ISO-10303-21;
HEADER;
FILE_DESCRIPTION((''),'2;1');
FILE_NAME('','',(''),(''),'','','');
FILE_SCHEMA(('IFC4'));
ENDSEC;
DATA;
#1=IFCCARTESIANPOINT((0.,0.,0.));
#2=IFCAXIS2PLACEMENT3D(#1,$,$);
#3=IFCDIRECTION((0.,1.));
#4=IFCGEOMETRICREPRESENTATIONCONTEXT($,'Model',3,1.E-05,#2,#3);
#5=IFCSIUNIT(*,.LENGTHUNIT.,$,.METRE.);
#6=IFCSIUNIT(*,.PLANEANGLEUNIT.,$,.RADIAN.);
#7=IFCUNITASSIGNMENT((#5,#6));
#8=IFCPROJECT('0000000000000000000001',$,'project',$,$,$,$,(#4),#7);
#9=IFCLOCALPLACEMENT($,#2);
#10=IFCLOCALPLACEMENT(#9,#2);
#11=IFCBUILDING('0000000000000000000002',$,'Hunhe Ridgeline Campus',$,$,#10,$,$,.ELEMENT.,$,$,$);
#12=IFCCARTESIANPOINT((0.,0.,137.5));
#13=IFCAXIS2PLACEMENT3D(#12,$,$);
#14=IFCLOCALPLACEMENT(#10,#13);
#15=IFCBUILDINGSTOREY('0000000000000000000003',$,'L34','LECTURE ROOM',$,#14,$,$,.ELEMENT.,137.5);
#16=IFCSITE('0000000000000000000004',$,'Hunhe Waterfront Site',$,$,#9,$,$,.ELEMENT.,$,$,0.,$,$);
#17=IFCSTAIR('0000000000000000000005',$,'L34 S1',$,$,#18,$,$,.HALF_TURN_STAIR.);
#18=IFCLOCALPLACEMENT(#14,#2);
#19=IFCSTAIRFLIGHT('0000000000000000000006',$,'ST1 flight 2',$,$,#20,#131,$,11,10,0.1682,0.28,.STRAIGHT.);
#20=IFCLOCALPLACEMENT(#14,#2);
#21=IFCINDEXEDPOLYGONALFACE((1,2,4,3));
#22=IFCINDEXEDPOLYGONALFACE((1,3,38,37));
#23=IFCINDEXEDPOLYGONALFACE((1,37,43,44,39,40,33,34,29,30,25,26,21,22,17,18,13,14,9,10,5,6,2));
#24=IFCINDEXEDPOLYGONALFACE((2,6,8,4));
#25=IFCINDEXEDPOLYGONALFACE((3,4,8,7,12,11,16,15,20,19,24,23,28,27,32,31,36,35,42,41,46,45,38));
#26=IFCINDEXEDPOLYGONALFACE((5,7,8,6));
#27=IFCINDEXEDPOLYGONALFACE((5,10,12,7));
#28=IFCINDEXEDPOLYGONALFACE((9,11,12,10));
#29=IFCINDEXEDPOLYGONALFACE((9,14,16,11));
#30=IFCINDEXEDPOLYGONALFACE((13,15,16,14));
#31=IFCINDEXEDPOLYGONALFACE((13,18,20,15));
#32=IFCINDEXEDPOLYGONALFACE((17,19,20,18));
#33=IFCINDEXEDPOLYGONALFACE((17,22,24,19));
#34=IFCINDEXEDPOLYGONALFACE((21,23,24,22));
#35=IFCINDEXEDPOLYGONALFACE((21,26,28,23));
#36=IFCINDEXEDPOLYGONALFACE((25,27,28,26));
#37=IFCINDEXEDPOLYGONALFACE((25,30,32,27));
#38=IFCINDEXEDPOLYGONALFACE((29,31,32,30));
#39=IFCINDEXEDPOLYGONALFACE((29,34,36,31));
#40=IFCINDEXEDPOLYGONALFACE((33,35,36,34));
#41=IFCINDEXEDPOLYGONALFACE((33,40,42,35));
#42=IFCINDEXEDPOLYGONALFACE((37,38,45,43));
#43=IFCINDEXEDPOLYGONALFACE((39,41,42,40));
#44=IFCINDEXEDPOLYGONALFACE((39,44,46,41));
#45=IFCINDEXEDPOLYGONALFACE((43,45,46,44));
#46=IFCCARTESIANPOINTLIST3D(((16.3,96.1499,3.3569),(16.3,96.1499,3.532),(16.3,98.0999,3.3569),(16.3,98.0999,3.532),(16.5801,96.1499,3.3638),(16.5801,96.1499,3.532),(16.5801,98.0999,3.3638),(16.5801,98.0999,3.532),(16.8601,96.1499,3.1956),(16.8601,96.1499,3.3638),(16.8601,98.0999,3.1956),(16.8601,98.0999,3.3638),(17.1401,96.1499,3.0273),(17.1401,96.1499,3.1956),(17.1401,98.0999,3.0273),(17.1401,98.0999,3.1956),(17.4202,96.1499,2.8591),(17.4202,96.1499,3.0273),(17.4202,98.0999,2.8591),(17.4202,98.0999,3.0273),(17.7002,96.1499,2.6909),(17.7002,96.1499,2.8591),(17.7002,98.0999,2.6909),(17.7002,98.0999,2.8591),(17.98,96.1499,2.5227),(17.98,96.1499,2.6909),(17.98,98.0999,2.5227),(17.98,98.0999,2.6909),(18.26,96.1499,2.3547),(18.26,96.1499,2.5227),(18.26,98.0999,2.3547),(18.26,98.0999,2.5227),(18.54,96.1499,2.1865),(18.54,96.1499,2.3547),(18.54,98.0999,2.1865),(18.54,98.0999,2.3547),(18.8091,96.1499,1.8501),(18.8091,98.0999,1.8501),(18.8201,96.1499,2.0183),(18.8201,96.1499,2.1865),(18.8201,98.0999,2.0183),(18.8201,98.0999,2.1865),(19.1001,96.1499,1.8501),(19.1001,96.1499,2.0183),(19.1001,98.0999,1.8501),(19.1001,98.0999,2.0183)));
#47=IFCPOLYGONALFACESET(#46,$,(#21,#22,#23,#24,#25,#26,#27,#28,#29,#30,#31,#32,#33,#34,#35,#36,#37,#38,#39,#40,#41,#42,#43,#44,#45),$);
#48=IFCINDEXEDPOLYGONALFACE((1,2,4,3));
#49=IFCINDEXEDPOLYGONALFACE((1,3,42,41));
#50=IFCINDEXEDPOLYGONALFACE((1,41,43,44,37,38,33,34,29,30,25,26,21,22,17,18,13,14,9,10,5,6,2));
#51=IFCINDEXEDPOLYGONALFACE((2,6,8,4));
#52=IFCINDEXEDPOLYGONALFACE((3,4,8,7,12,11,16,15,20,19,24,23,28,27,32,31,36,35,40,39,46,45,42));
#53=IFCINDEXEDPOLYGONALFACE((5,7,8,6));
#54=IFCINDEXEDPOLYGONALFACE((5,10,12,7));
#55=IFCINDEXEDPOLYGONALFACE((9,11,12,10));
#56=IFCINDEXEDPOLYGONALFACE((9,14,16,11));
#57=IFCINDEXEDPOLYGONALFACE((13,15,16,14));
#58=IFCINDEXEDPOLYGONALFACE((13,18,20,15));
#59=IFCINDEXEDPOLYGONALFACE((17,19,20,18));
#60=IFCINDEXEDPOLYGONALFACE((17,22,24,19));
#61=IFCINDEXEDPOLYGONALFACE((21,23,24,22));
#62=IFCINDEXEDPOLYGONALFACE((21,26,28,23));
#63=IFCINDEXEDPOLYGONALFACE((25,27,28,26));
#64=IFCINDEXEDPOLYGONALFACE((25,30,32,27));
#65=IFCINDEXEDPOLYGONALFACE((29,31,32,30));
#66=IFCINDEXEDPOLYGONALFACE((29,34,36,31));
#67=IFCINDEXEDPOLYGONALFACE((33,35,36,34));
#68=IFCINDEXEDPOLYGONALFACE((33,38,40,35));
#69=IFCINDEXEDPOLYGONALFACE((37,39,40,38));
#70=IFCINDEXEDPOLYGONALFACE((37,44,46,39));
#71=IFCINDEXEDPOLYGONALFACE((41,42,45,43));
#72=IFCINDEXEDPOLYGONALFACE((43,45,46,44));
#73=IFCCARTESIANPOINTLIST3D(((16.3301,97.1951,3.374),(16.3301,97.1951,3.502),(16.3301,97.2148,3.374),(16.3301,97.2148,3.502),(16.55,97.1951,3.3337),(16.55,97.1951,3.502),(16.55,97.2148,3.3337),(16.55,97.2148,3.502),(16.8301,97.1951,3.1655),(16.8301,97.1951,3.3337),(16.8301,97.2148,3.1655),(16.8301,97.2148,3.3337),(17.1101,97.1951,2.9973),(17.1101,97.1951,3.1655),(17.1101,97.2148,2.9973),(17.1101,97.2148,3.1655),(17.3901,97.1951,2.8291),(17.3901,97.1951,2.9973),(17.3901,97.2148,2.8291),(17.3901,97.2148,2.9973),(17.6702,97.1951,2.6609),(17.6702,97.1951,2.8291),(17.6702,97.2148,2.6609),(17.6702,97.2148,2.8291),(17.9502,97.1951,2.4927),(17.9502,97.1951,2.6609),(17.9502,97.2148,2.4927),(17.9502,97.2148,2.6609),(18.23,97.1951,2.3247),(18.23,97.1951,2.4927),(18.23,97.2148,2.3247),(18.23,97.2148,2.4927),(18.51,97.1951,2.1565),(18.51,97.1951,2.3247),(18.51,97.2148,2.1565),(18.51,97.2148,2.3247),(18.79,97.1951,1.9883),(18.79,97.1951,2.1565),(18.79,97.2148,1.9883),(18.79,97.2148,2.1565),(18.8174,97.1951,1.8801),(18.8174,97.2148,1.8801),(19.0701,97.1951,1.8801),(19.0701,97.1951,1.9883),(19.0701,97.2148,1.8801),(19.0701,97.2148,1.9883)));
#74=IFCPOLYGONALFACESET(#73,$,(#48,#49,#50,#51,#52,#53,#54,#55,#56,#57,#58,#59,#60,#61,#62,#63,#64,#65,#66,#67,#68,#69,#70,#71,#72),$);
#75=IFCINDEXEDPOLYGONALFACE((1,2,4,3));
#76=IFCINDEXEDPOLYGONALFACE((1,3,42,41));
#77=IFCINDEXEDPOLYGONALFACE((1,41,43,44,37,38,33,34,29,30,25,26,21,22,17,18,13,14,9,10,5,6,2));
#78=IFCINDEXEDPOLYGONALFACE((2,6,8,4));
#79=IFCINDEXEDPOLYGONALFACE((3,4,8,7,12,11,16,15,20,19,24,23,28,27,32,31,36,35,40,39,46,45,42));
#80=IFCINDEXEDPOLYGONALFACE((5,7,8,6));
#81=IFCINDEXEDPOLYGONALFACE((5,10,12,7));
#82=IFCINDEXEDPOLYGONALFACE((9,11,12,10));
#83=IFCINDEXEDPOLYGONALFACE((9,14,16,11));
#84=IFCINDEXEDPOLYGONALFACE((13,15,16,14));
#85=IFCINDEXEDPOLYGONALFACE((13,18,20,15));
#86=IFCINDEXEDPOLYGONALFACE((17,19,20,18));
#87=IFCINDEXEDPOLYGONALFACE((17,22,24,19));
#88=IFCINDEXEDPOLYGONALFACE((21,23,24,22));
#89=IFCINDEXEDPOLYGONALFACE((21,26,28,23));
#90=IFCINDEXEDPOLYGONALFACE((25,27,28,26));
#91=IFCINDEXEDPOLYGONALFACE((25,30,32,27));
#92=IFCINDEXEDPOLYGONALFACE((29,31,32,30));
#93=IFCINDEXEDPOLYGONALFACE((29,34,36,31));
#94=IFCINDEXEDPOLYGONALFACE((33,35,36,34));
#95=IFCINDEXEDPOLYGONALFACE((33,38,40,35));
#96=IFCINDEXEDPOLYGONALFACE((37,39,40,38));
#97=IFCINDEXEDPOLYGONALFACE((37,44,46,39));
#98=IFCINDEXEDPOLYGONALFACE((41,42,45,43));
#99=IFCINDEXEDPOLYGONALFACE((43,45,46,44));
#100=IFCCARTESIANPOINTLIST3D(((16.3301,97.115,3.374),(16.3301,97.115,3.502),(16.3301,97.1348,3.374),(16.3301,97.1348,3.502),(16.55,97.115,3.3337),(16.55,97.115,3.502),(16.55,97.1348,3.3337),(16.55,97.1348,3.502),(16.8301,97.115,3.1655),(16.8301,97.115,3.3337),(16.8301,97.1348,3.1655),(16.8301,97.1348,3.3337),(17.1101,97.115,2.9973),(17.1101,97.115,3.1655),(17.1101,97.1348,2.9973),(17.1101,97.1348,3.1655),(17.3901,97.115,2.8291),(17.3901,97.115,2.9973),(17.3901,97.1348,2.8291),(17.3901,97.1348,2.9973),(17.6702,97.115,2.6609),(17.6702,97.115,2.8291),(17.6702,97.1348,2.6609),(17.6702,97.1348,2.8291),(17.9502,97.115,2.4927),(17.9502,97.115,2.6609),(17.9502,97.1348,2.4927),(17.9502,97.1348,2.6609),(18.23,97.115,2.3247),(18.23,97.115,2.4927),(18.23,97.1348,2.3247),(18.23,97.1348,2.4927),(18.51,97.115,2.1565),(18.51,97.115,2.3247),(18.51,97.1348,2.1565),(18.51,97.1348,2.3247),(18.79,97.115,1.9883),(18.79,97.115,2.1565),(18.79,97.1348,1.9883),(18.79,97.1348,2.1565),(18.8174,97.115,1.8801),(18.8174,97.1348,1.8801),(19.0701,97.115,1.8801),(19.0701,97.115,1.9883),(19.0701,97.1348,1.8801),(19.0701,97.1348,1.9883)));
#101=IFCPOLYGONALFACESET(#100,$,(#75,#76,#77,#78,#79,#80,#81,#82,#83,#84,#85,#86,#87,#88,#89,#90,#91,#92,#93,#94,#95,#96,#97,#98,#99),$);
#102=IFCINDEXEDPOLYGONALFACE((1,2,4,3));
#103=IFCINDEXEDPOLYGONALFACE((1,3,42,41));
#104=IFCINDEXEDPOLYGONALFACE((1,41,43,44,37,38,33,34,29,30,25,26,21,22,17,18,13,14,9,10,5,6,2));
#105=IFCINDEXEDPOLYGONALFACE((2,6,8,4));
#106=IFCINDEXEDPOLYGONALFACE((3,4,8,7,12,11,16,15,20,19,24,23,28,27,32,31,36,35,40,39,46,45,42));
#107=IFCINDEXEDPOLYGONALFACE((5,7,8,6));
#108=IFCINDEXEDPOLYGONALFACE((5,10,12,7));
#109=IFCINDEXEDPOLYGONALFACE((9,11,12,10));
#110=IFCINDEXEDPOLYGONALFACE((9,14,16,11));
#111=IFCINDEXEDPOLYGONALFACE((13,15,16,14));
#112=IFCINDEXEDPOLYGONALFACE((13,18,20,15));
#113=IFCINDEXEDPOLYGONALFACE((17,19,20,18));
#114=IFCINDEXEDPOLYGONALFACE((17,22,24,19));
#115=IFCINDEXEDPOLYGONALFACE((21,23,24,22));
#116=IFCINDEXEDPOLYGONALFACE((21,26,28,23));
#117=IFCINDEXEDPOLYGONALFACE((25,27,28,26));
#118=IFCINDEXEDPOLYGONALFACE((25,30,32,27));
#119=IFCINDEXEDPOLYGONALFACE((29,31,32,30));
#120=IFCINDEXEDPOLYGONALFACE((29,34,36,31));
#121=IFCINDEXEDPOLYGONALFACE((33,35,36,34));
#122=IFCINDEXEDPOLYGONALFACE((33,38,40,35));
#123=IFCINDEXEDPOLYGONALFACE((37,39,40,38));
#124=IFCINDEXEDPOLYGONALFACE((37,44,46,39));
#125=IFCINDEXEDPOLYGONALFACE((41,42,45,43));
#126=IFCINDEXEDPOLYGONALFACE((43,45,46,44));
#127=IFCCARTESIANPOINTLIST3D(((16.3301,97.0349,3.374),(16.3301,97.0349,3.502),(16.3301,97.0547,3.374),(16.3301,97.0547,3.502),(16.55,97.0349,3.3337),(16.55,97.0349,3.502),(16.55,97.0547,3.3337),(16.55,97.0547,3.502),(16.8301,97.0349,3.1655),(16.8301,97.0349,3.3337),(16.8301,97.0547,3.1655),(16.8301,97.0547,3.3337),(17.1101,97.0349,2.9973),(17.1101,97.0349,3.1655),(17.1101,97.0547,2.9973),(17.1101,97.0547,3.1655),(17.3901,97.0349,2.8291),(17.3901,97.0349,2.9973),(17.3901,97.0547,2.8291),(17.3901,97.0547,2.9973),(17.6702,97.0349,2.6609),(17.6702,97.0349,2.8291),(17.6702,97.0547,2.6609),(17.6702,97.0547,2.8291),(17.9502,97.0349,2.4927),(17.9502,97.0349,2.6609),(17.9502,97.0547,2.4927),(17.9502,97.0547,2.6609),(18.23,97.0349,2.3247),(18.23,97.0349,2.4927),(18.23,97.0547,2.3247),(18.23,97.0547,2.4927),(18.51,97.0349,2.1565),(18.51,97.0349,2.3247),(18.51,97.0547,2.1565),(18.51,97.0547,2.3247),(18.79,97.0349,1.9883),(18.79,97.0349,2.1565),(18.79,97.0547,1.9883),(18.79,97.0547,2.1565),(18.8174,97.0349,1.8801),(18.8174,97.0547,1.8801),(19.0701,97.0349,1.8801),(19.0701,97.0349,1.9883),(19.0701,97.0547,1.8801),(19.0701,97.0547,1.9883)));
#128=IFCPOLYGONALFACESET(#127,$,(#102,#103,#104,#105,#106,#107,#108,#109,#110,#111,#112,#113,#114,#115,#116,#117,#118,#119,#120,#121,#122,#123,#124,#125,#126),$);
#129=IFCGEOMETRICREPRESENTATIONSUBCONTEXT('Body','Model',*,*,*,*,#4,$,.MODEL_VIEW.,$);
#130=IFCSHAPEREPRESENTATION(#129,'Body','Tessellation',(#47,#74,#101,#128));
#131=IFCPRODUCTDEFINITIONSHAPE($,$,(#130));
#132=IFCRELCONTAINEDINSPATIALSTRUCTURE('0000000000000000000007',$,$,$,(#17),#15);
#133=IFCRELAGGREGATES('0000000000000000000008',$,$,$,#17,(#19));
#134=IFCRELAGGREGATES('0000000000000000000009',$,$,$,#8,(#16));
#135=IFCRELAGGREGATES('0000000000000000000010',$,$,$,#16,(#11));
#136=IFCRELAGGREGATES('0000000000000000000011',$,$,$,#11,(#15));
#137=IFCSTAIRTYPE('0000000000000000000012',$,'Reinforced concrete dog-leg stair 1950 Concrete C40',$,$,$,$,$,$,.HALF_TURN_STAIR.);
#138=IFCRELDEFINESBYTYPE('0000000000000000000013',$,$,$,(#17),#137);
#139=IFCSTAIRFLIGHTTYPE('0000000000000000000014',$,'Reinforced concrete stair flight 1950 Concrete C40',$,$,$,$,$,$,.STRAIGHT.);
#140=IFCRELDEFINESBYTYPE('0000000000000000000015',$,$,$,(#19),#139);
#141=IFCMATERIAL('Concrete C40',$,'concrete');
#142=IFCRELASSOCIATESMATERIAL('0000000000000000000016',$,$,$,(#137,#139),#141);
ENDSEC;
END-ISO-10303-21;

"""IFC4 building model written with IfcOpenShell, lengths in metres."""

from ifc_helpers import new_model, si_unit, direction, frame, origin, place, context, subcontext, project, spatial, polyline, outline, extrude, material, type_object, element, aggregate, save


model = new_model("IFC4")

# Units and contexts
model_context = context("Model", 3, precision=1e-05, world=origin(), true_north=direction((0.0, 1.0)))
body_context = subcontext(model_context, "Body", "Model", "MODEL_VIEW")
ifc_project = project(units=[si_unit("LENGTHUNIT", "METRE"), si_unit("PLANEANGLEUNIT", "RADIAN")], contexts=[model_context])

# Site, building, storey
site_placement = place(None, origin())
site = spatial("IfcSite", under=ifc_project, at=site_placement, Name="Hunhe Waterfront Site", CompositionType="ELEMENT", RefElevation=0.0)
building_placement = place(site_placement, origin())
building = spatial("IfcBuilding", under=site, at=building_placement, Name="Hunhe Ridgeline Campus", CompositionType="ELEMENT")
storey_placement = place(building_placement, frame((0.0, 0.0, 137.5)))
storey = spatial("IfcBuildingStorey", under=building, at=storey_placement, Name="L34", Description="LECTURE ROOM", CompositionType="ELEMENT", Elevation=137.5)

# Stair, stair flight
ifc_material_1 = material(Name="Concrete C40", Category="concrete")
stair_type = type_object("IfcStairType", Name="Reinforced concrete dog-leg stair 1950 Concrete C40", PredefinedType="HALF_TURN_STAIR", material=ifc_material_1)
stair_1_placement = place(storey_placement, origin())
stair_1 = element("IfcStair", 1, at=stair_1_placement, inside=storey, type_object=stair_type, Name="L34 S1", PredefinedType="HALF_TURN_STAIR")
stair_flight_type = type_object("IfcStairFlightType", Name="Reinforced concrete stair flight 1950 Concrete C40", PredefinedType="STRAIGHT", material=ifc_material_1)
stair_flight_1_placement = place(storey_placement, frame((19.1001, 97.125, 1.8501), z_axis=(0.0, 0.0, 1.0), x_axis=(-1.0, 0.0, 0.0)))
stair_flight_1 = element("IfcStairFlight", 2, at=stair_flight_1_placement, type_object=stair_flight_type, Name="ST1 flight 2", NumberOfRisers=11, NumberOfTreads=10, PredefinedType="STRAIGHT", RiserHeight=0.1682, TreadLength=0.28, context=body_context, shape_type="SweptSolid", body=[
    extrude(outline(polyline([(0.0, 0.0), (0.0, 0.1682), (0.28, 0.1682), (0.28, 0.3364), (0.5601, 0.3364), (0.5601, 0.5046), (0.8401, 0.5046), (0.8401, 0.6726), (1.1201, 0.6726), (1.1201, 0.8408), (1.3999, 0.8408), (1.3999, 1.009), (1.6799, 1.009), (1.6799, 1.1772), (1.96, 1.1772), (1.96, 1.3455), (2.24, 1.3455), (2.24, 1.5137), (2.52, 1.5137), (2.52, 1.6819), (2.8, 1.6819), (2.8, 1.8501), (2.8, 1.5068), (0.291, 0.0), (0.0, 0.0)])), frame((0.0, 0.9751, 0.0), z_axis=(0.0, -1.0, 0.0), x_axis=(1.0, 0.0, 0.0)), (0.0, 0.0, 1.0), 1.95),
    extrude(outline(polyline([(0.03, 0.03), (0.03, 0.1382), (0.3101, 0.1382), (0.3101, 0.3064), (0.5901, 0.3064), (0.5901, 0.4746), (0.8701, 0.4746), (0.8701, 0.6426), (1.1499, 0.6426), (1.1499, 0.8108), (1.4299, 0.8108), (1.4299, 0.979), (1.71, 0.979), (1.71, 1.1472), (1.99, 1.1472), (1.99, 1.3154), (2.27, 1.3154), (2.27, 1.4836), (2.55, 1.4836), (2.55, 1.6519), (2.77, 1.6519), (2.77, 1.5239), (0.2827, 0.03), (0.03, 0.03)])), frame((0.0, -0.0701, 0.0), z_axis=(0.0, -1.0, 0.0), x_axis=(1.0, 0.0, 0.0)), (0.0, 0.0, 1.0), 0.0198),
    extrude(outline(polyline([(0.03, 0.03), (0.03, 0.1382), (0.3101, 0.1382), (0.3101, 0.3064), (0.5901, 0.3064), (0.5901, 0.4746), (0.8701, 0.4746), (0.8701, 0.6426), (1.1499, 0.6426), (1.1499, 0.8108), (1.4299, 0.8108), (1.4299, 0.979), (1.71, 0.979), (1.71, 1.1472), (1.99, 1.1472), (1.99, 1.3154), (2.27, 1.3154), (2.27, 1.4836), (2.55, 1.4836), (2.55, 1.6519), (2.77, 1.6519), (2.77, 1.5239), (0.2827, 0.03), (0.03, 0.03)])), frame((0.0, 0.01, 0.0), z_axis=(0.0, -1.0, 0.0), x_axis=(1.0, 0.0, 0.0)), (0.0, 0.0, 1.0), 0.0198),
    extrude(outline(polyline([(0.03, 0.03), (0.03, 0.1382), (0.3101, 0.1382), (0.3101, 0.3064), (0.5901, 0.3064), (0.5901, 0.4746), (0.8701, 0.4746), (0.8701, 0.6426), (1.1499, 0.6426), (1.1499, 0.8108), (1.4299, 0.8108), (1.4299, 0.979), (1.71, 0.979), (1.71, 1.1472), (1.99, 1.1472), (1.99, 1.3154), (2.27, 1.3154), (2.27, 1.4836), (2.55, 1.4836), (2.55, 1.6519), (2.77, 1.6519), (2.77, 1.5239), (0.2827, 0.03), (0.03, 0.03)])), frame((0.0, 0.0901, 0.0), z_axis=(0.0, -1.0, 0.0), x_axis=(1.0, 0.0, 0.0)), (0.0, 0.0, 1.0), 0.0198),
])
aggregate(stair_1, [stair_flight_1])

save(model, "model.ifc")
